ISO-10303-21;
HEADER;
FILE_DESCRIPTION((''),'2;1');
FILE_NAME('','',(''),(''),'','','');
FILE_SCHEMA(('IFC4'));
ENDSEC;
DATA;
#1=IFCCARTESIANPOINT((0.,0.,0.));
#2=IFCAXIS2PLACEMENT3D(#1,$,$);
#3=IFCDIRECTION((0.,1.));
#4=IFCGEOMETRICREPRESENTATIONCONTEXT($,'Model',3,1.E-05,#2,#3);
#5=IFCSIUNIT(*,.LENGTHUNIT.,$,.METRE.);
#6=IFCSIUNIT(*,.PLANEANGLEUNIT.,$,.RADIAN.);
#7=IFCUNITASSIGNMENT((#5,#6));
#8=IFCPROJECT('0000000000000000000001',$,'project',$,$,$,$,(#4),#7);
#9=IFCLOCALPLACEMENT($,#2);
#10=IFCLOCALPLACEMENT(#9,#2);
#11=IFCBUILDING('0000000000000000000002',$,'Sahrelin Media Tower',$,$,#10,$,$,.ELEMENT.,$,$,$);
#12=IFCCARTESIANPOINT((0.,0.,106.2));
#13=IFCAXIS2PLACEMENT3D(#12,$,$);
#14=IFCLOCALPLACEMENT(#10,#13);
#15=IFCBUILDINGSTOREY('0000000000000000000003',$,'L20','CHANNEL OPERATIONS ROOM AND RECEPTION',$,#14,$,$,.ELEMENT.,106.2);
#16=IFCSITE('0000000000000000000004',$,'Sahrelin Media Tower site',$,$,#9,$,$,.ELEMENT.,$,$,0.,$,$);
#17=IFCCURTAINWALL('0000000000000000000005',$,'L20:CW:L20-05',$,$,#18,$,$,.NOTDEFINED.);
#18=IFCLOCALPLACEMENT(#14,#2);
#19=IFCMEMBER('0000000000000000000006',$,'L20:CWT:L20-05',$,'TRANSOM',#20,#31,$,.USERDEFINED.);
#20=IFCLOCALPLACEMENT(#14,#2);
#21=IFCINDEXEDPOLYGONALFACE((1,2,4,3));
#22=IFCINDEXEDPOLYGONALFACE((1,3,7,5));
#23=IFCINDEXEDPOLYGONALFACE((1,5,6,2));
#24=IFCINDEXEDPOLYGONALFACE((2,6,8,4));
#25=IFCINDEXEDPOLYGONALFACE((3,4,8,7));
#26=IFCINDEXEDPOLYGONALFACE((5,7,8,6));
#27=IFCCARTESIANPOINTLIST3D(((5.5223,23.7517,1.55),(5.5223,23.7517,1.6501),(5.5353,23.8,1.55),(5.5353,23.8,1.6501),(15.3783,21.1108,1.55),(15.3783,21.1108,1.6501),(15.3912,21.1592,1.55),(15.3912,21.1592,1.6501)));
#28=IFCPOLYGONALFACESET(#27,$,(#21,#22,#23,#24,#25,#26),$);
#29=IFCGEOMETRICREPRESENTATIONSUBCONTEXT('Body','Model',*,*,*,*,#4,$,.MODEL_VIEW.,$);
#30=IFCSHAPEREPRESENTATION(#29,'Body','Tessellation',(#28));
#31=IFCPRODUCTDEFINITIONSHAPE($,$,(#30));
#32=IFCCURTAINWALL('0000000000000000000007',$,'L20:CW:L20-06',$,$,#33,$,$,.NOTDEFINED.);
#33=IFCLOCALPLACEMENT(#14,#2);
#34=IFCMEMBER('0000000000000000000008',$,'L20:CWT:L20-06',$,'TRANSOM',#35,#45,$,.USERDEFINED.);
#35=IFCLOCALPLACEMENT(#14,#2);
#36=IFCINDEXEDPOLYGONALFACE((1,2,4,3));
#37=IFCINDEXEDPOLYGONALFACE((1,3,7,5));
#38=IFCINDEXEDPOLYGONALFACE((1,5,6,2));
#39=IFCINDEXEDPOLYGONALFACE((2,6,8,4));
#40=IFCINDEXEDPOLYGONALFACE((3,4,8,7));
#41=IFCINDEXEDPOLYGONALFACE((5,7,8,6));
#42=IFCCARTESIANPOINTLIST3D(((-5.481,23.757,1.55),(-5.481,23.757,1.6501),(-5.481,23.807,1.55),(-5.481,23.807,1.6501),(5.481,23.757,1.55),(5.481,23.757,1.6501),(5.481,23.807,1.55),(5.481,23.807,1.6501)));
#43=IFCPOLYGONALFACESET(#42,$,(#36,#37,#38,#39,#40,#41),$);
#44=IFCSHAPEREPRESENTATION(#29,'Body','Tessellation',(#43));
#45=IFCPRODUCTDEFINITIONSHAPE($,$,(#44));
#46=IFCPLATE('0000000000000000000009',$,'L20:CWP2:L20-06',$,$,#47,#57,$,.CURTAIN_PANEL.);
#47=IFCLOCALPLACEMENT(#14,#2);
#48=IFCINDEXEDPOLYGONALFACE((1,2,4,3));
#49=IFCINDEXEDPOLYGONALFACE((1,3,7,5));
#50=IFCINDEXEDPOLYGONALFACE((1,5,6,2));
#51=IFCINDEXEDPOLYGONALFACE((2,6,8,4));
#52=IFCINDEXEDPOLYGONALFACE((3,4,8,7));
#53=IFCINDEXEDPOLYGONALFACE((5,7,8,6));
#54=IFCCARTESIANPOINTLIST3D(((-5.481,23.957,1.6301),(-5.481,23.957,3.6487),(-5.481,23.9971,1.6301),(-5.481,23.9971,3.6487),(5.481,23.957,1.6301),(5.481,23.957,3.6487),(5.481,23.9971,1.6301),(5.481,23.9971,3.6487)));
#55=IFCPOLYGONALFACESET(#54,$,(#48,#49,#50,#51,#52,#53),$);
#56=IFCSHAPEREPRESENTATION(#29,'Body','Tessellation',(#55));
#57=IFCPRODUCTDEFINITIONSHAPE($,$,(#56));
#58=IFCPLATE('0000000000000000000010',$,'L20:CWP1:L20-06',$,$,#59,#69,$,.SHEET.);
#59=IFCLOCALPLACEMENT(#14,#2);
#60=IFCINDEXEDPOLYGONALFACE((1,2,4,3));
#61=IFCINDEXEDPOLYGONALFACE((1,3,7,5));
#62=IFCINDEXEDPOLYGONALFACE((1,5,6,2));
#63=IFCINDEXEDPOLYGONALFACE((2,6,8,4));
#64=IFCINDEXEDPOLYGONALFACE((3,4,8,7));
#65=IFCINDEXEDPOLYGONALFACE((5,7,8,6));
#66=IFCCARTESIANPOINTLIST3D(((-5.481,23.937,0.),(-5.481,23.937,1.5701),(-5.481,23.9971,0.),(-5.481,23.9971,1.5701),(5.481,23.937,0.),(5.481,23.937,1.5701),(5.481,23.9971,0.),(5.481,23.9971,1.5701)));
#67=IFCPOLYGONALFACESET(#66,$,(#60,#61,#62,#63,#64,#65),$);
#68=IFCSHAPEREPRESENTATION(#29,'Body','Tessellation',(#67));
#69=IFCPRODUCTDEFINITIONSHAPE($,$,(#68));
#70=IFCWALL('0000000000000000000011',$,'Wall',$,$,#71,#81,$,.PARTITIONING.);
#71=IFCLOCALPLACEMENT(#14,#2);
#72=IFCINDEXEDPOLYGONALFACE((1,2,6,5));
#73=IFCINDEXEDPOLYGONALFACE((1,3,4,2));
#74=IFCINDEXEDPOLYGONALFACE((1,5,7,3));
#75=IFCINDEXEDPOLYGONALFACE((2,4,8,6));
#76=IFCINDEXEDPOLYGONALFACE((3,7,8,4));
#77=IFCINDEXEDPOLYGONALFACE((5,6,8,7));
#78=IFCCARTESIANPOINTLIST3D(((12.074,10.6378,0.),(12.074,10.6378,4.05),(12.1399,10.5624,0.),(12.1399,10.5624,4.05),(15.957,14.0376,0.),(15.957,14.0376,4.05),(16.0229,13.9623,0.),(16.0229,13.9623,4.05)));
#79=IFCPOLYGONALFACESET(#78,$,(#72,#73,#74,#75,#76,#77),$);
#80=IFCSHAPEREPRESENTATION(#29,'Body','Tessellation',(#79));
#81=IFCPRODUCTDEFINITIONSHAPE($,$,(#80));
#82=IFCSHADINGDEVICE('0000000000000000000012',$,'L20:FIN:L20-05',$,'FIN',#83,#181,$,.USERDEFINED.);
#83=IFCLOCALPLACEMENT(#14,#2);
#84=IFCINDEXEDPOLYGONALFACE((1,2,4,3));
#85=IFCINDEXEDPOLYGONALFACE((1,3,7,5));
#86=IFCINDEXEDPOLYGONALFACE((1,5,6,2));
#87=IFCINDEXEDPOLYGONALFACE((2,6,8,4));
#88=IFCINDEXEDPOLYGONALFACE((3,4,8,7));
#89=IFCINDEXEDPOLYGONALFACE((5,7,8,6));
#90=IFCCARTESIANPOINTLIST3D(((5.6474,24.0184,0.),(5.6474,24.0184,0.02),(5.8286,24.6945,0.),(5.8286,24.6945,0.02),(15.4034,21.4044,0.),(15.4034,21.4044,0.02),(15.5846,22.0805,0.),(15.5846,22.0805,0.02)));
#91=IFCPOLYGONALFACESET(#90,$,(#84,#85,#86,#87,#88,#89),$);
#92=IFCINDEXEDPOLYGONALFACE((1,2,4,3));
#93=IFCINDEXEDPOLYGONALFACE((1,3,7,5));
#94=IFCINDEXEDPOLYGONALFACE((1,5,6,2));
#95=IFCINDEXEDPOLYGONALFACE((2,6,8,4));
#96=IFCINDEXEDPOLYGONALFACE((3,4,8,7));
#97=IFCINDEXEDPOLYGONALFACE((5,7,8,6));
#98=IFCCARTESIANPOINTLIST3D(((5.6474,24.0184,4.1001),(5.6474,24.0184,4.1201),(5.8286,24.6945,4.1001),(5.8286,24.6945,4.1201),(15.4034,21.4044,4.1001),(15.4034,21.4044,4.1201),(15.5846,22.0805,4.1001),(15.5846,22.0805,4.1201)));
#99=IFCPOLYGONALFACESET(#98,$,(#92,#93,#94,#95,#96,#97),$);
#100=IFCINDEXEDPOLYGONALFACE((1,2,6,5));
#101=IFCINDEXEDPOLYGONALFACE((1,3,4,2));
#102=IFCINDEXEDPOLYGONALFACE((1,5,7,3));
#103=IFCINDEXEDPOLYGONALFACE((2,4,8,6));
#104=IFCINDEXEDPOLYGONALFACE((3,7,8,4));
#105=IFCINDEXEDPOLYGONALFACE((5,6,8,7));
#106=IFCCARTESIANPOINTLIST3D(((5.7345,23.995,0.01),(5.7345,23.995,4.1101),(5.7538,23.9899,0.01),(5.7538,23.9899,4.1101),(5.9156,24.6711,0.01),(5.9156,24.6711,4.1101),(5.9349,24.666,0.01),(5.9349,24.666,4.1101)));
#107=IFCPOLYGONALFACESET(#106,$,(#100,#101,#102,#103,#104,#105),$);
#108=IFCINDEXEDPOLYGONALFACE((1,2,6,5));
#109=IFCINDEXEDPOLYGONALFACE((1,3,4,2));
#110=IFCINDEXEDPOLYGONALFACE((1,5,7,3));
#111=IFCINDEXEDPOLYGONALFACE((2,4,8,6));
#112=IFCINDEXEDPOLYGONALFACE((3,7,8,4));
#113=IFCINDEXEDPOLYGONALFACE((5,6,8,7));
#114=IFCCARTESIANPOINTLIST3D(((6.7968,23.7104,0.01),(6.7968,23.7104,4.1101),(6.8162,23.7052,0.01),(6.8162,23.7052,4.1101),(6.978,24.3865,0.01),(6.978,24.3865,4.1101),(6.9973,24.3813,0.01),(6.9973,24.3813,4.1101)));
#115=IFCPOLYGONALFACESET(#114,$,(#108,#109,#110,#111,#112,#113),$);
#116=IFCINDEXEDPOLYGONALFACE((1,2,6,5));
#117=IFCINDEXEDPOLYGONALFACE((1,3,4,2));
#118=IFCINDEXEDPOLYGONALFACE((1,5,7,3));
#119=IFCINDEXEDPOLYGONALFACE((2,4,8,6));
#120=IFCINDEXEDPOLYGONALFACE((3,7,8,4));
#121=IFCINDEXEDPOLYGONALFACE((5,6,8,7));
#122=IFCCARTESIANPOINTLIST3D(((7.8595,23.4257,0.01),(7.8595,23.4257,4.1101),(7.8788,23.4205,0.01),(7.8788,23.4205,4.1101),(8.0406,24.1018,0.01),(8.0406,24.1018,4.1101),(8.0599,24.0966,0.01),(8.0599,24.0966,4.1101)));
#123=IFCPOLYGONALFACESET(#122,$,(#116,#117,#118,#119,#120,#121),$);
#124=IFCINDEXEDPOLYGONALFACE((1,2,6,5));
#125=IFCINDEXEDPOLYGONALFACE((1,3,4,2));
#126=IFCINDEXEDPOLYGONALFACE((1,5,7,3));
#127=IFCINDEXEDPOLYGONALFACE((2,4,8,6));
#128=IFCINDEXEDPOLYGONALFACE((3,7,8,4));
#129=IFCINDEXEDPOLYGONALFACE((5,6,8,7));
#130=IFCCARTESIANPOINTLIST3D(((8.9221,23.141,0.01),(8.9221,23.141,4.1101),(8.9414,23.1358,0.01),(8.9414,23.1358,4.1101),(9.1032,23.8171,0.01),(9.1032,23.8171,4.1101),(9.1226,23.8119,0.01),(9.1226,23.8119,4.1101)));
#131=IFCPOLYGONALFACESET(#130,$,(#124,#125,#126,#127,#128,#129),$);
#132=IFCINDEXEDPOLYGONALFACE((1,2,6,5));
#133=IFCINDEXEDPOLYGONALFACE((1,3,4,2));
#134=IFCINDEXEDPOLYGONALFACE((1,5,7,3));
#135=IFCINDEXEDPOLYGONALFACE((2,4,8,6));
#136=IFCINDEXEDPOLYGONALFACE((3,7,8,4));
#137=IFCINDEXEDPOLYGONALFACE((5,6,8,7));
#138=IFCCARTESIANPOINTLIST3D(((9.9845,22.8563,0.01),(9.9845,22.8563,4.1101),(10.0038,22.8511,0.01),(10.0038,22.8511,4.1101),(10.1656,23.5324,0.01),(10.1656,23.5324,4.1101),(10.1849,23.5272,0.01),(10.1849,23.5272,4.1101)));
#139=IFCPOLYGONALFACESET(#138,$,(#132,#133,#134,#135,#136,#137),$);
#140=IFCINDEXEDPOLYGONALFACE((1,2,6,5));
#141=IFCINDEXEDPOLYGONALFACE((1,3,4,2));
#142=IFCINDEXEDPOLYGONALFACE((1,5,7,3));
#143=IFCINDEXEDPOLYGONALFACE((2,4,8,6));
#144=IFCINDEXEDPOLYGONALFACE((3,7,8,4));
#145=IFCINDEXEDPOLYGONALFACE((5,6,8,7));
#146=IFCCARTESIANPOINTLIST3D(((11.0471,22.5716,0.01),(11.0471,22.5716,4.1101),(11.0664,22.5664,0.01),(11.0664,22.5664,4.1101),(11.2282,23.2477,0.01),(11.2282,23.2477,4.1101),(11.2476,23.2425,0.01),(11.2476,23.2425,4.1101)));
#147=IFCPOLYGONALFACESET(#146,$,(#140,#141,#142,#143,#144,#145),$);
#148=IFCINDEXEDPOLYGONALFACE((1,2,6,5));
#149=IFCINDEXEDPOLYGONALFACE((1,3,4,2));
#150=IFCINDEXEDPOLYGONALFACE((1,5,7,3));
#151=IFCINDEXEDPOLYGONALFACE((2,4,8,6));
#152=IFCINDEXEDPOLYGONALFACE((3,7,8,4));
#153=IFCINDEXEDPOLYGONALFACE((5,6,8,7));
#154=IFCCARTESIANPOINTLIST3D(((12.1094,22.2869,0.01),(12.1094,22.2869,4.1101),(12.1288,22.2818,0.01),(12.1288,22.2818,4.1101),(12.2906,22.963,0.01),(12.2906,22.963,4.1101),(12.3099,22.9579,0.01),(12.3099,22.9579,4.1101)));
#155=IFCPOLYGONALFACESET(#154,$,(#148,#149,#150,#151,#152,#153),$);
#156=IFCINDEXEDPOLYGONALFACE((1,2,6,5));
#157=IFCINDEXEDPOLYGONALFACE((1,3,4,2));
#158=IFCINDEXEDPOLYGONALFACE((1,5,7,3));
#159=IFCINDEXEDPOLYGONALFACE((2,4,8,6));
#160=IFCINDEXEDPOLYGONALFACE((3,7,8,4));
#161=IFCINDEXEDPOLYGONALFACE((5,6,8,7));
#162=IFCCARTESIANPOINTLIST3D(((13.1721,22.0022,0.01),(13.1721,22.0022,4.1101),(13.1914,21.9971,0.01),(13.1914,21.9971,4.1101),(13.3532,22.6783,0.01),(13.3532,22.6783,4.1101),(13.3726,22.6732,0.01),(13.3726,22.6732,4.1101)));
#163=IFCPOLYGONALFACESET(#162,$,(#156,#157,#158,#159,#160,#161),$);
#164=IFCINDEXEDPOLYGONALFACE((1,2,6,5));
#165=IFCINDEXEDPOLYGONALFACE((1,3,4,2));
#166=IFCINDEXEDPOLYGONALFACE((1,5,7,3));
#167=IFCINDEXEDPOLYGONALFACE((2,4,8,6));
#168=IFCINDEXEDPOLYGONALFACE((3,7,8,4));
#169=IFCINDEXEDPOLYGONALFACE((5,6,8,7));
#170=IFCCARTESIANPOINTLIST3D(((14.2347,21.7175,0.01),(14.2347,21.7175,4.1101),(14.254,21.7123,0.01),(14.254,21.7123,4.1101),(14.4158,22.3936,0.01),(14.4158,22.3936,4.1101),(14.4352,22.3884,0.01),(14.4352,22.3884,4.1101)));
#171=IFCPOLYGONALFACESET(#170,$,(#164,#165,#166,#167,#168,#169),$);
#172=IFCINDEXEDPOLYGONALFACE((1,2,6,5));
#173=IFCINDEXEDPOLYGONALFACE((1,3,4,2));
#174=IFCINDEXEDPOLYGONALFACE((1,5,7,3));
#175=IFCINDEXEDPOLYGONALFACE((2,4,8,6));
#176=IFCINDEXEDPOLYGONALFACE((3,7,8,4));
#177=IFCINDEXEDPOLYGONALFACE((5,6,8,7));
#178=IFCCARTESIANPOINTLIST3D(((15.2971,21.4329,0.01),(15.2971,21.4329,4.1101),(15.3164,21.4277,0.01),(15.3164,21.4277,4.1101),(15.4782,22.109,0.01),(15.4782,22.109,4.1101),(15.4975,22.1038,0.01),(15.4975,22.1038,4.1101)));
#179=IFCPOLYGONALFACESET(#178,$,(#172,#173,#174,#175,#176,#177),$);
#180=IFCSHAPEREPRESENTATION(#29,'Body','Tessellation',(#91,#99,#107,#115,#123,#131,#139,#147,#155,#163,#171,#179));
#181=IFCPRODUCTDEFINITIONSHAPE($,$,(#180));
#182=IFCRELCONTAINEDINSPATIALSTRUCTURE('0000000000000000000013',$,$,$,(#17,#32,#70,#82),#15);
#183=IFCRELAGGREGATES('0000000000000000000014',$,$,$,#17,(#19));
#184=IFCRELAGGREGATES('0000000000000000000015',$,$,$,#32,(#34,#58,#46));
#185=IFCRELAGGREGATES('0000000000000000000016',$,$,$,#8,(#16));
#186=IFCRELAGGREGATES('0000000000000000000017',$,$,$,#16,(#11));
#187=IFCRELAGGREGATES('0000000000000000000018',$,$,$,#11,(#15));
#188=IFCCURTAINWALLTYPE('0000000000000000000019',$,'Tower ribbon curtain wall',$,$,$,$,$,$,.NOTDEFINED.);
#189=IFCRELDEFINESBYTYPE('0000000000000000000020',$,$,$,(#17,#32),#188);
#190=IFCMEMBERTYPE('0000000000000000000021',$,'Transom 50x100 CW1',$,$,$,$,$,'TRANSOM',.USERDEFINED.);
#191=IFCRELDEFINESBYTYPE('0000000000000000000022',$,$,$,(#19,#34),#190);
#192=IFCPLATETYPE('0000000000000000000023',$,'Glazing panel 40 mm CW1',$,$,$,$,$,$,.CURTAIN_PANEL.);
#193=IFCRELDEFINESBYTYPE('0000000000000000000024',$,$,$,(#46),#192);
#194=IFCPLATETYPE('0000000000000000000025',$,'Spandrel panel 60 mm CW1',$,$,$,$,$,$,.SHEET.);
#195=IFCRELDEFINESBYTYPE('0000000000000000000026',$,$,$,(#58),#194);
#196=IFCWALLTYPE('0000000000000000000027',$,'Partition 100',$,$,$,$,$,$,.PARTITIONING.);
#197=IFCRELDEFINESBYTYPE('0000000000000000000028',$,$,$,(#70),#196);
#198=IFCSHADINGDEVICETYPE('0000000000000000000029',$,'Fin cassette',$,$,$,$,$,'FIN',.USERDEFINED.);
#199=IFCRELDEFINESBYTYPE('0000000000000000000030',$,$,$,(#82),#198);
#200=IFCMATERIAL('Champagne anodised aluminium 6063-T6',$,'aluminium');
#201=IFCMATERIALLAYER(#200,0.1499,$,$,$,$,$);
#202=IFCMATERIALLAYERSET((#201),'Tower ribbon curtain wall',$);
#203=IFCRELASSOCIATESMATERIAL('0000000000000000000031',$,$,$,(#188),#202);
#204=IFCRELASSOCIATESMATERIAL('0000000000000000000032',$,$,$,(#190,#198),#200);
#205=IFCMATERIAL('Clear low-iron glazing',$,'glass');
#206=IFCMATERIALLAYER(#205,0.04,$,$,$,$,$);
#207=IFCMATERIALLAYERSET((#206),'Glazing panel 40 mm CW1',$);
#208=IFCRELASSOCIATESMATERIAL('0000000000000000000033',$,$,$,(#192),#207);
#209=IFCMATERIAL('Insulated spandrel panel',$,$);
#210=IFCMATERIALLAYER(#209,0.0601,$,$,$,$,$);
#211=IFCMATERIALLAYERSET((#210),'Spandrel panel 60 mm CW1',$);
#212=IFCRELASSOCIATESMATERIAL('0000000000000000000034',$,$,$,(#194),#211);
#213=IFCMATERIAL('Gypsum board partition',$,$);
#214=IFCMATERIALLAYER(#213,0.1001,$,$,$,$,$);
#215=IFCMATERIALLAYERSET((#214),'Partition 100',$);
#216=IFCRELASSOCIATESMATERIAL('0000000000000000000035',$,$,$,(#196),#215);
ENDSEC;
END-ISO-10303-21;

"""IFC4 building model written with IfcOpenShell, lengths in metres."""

from ifc_helpers import new_model, si_unit, direction, frame, frame_2d, origin, origin_2d, place, context, subcontext, project, spatial, polyline, rectangle, outline, extrude, material, layer, layer_set, material_profile, profile_set, type_object, element, aggregate, save


model = new_model("IFC4")

# Units and contexts
model_context = context("Model", 3, precision=1e-05, world=origin(), true_north=direction((0.0, 1.0)))
body_context = subcontext(model_context, "Body", "Model", "MODEL_VIEW")
ifc_project = project(units=[si_unit("LENGTHUNIT", "METRE"), si_unit("PLANEANGLEUNIT", "RADIAN")], contexts=[model_context])

# Site, building, storey
site_placement = place(None, origin())
site = spatial("IfcSite", under=ifc_project, at=site_placement, Name="Sahrelin Media Tower site", CompositionType="ELEMENT", RefElevation=0.0)
building_placement = place(site_placement, origin())
building = spatial("IfcBuilding", under=site, at=building_placement, Name="Sahrelin Media Tower", CompositionType="ELEMENT")
storey_placement = place(building_placement, frame((0.0, 0.0, 106.2)))
storey = spatial("IfcBuildingStorey", under=building, at=storey_placement, Name="L20", Description="CHANNEL OPERATIONS ROOM AND RECEPTION", CompositionType="ELEMENT", Elevation=106.2)

# Curtain wall
ifc_material_1 = material(Name="Champagne anodised aluminium 6063-T6", Category="aluminium")
ifc_layer_1 = layer(ifc_material_1, 0.1499)
ifc_layer_set_1 = layer_set([ifc_layer_1], Name="Tower ribbon curtain wall")
curtain_wall_type = type_object("IfcCurtainWallType", Name="Tower ribbon curtain wall", PredefinedType="NOTDEFINED", material=ifc_layer_set_1)
curtain_wall_1_placement = place(storey_placement, frame((10.5073, 22.6438, 0.0), z_axis=(0.0, 0.0, 1.0), x_axis=(1.0, 0.0, 0.0)))
curtain_wall_1 = element("IfcCurtainWall", 1, at=curtain_wall_1_placement, inside=storey, type_object=curtain_wall_type, Name="L20:CW:L20-05", PredefinedType="NOTDEFINED")

# Member
ifc_material_profile_1 = material_profile(ifc_material_1, rectangle(XDim=0.05, YDim=0.1001, at=origin_2d()), Name="Transom 50x100")
ifc_profile_set_1 = profile_set([ifc_material_profile_1], Name="Champagne anodised aluminium 6063-T6")
member_type_1 = type_object("IfcMemberType", Name="Transom 50x100 CW1", ElementType="TRANSOM", PredefinedType="USERDEFINED", material=ifc_profile_set_1)
member_1_placement = place(storey_placement, frame((15.3848, 21.135, 1.6001), z_axis=(-0.965926, 0.258817, 0.0), x_axis=(-0.258817, -0.965926, 0.0)))
member_1 = element("IfcMember", 2, at=member_1_placement, type_object=member_type_1, Name="L20:CWT:L20-05", ObjectType="TRANSOM", PredefinedType="USERDEFINED", context=body_context, shape_type="SweptSolid", body=[
    extrude(rectangle(XDim=0.05, YDim=0.1001, at=origin_2d()), origin(), (0.0, 0.0, 1.0), 10.2036),
])
aggregate(curtain_wall_1, [member_1])

# Curtain wall, member, plates
curtain_wall_2_placement = place(storey_placement, frame((0.0, 23.9771, 0.0), z_axis=(0.0, 0.0, 1.0), x_axis=(1.0, 0.0, 0.0)))
curtain_wall_2 = element("IfcCurtainWall", 3, at=curtain_wall_2_placement, inside=storey, type_object=curtain_wall_type, Name="L20:CW:L20-06", PredefinedType="NOTDEFINED")
member_2_placement = place(storey_placement, frame((5.481, 23.782, 1.6001), z_axis=(-1.0, 0.0, 0.0), x_axis=(0.0, -1.0, 0.0)))
member_2 = element("IfcMember", 4, at=member_2_placement, type_object=member_type_1, Name="L20:CWT:L20-06", ObjectType="TRANSOM", PredefinedType="USERDEFINED", context=body_context, shape_type="SweptSolid", body=[
    extrude(rectangle(XDim=0.05, YDim=0.1001, at=origin_2d()), origin(), (0.0, 0.0, 1.0), 10.9619),
])
ifc_material_2 = material(Name="Clear low-iron glazing", Category="glass")
ifc_layer_2 = layer(ifc_material_2, 0.04)
ifc_layer_set_2 = layer_set([ifc_layer_2], Name="Glazing panel 40 mm CW1")
plate_type_1 = type_object("IfcPlateType", Name="Glazing panel 40 mm CW1", PredefinedType="CURTAIN_PANEL", material=ifc_layer_set_2)
plate_1_placement = place(storey_placement, frame((5.481, 23.9971, 1.6301), z_axis=(0.0, 1.0, 0.0), x_axis=(-1.0, 0.0, 0.0)))
plate_1 = element("IfcPlate", 5, at=plate_1_placement, type_object=plate_type_1, Name="L20:CWP2:L20-06", PredefinedType="CURTAIN_PANEL", context=body_context, shape_type="SweptSolid", body=[
    extrude(outline(polyline([(0.0, 0.0), (10.9619, 0.0), (10.9619, 2.0186), (0.0, 2.0186), (0.0, 0.0)])), origin(), (0.0, 0.0, -1.0), 0.04),
])
ifc_material_3 = material(Name="Insulated spandrel panel")
ifc_layer_3 = layer(ifc_material_3, 0.0601)
ifc_layer_set_3 = layer_set([ifc_layer_3], Name="Spandrel panel 60 mm CW1")
plate_type_2 = type_object("IfcPlateType", Name="Spandrel panel 60 mm CW1", PredefinedType="SHEET", material=ifc_layer_set_3)
plate_2_placement = place(storey_placement, frame((5.481, 23.9971, 0.0), z_axis=(0.0, 1.0, 0.0), x_axis=(-1.0, 0.0, 0.0)))
plate_2 = element("IfcPlate", 6, at=plate_2_placement, type_object=plate_type_2, Name="L20:CWP1:L20-06", PredefinedType="SHEET", context=body_context, shape_type="SweptSolid", body=[
    extrude(outline(polyline([(0.0, 0.0), (10.9619, 0.0), (10.9619, 1.5701), (0.0, 1.5701), (0.0, 0.0)])), origin(), (0.0, 0.0, -1.0), 0.0601),
])
aggregate(curtain_wall_2, [member_2, plate_2, plate_1])

# Wall
ifc_material_4 = material(Name="Gypsum board partition")
ifc_layer_4 = layer(ifc_material_4, 0.1001)
ifc_layer_set_4 = layer_set([ifc_layer_4], Name="Partition 100")
wall_type = type_object("IfcWallType", Name="Partition 100", PredefinedType="PARTITIONING", material=ifc_layer_set_4)
wall_placement = place(storey_placement, frame((12.1069, 10.6001, 0.0), z_axis=(0.0, 0.0, 1.0), x_axis=(0.752363, 0.658749, 0.0)))
element("IfcWall", 7, at=wall_placement, inside=storey, type_object=wall_type, Name="Wall", PredefinedType="PARTITIONING", context=body_context, shape_type="SweptSolid", body=[
    extrude(rectangle(XDim=5.1611, YDim=0.1001, at=frame_2d((2.5806, 0.0))), origin(), (0.0, 0.0, 1.0), 4.05),
])

# Shading device
shading_device_type_1 = type_object("IfcShadingDeviceType", Name="Fin cassette", ElementType="FIN", PredefinedType="USERDEFINED", material=ifc_material_1)
placement = place(storey_placement, frame((10.5073, 22.6438, 0.0), z_axis=(0.0, 0.0, 1.0), x_axis=(0.965929, -0.258808, 0.0)))
element("IfcShadingDevice", 8, at=placement, inside=storey, type_object=shading_device_type_1, Name="L20:FIN:L20-05", ObjectType="FIN", PredefinedType="USERDEFINED", context=body_context, shape_type="SweptSolid", body=[
    extrude(rectangle(XDim=10.1001, YDim=0.7, at=origin_2d()), frame((0.0, 0.4199, 0.0)), (0.0, 0.0, 1.0), 0.02),
    extrude(rectangle(XDim=10.1001, YDim=0.7, at=origin_2d()), frame((0.0, 0.4199, 4.1001)), (0.0, 0.0, 1.0), 0.02),
    extrude(rectangle(XDim=0.02, YDim=0.7, at=origin_2d()), frame((-4.95, 0.4199, 0.01), z_axis=(0.0, 0.0, 1.0), x_axis=(1.0, 0.0, 0.0)), (0.0, 0.0, 1.0), 4.1001),
    extrude(rectangle(XDim=0.02, YDim=0.7, at=origin_2d()), frame((-3.8501, 0.4199, 0.01), z_axis=(0.0, 0.0, 1.0), x_axis=(1.0, 0.0, 0.0)), (0.0, 0.0, 1.0), 4.1001),
    extrude(rectangle(XDim=0.02, YDim=0.7, at=origin_2d()), frame((-2.75, 0.4199, 0.01), z_axis=(0.0, 0.0, 1.0), x_axis=(1.0, 0.0, 0.0)), (0.0, 0.0, 1.0), 4.1001),
    extrude(rectangle(XDim=0.02, YDim=0.7, at=origin_2d()), frame((-1.6499, 0.4199, 0.01), z_axis=(0.0, 0.0, 1.0), x_axis=(1.0, 0.0, 0.0)), (0.0, 0.0, 1.0), 4.1001),
    extrude(rectangle(XDim=0.02, YDim=0.7, at=origin_2d()), frame((-0.55, 0.4199, 0.01), z_axis=(0.0, 0.0, 1.0), x_axis=(1.0, 0.0, 0.0)), (0.0, 0.0, 1.0), 4.1001),
    extrude(rectangle(XDim=0.02, YDim=0.7, at=origin_2d()), frame((0.55, 0.4199, 0.01), z_axis=(0.0, 0.0, 1.0), x_axis=(1.0, 0.0, 0.0)), (0.0, 0.0, 1.0), 4.1001),
    extrude(rectangle(XDim=0.02, YDim=0.7, at=origin_2d()), frame((1.6499, 0.4199, 0.01), z_axis=(0.0, 0.0, 1.0), x_axis=(1.0, 0.0, 0.0)), (0.0, 0.0, 1.0), 4.1001),
    extrude(rectangle(XDim=0.02, YDim=0.7, at=origin_2d()), frame((2.75, 0.4199, 0.01), z_axis=(0.0, 0.0, 1.0), x_axis=(1.0, 0.0, 0.0)), (0.0, 0.0, 1.0), 4.1001),
    extrude(rectangle(XDim=0.02, YDim=0.7, at=origin_2d()), frame((3.8501, 0.4199, 0.01), z_axis=(0.0, 0.0, 1.0), x_axis=(1.0, 0.0, 0.0)), (0.0, 0.0, 1.0), 4.1001),
    extrude(rectangle(XDim=0.02, YDim=0.7, at=origin_2d()), frame((4.95, 0.4199, 0.01), z_axis=(0.0, 0.0, 1.0), x_axis=(1.0, 0.0, 0.0)), (0.0, 0.0, 1.0), 4.1001),
])

save(model, "model.ifc")
